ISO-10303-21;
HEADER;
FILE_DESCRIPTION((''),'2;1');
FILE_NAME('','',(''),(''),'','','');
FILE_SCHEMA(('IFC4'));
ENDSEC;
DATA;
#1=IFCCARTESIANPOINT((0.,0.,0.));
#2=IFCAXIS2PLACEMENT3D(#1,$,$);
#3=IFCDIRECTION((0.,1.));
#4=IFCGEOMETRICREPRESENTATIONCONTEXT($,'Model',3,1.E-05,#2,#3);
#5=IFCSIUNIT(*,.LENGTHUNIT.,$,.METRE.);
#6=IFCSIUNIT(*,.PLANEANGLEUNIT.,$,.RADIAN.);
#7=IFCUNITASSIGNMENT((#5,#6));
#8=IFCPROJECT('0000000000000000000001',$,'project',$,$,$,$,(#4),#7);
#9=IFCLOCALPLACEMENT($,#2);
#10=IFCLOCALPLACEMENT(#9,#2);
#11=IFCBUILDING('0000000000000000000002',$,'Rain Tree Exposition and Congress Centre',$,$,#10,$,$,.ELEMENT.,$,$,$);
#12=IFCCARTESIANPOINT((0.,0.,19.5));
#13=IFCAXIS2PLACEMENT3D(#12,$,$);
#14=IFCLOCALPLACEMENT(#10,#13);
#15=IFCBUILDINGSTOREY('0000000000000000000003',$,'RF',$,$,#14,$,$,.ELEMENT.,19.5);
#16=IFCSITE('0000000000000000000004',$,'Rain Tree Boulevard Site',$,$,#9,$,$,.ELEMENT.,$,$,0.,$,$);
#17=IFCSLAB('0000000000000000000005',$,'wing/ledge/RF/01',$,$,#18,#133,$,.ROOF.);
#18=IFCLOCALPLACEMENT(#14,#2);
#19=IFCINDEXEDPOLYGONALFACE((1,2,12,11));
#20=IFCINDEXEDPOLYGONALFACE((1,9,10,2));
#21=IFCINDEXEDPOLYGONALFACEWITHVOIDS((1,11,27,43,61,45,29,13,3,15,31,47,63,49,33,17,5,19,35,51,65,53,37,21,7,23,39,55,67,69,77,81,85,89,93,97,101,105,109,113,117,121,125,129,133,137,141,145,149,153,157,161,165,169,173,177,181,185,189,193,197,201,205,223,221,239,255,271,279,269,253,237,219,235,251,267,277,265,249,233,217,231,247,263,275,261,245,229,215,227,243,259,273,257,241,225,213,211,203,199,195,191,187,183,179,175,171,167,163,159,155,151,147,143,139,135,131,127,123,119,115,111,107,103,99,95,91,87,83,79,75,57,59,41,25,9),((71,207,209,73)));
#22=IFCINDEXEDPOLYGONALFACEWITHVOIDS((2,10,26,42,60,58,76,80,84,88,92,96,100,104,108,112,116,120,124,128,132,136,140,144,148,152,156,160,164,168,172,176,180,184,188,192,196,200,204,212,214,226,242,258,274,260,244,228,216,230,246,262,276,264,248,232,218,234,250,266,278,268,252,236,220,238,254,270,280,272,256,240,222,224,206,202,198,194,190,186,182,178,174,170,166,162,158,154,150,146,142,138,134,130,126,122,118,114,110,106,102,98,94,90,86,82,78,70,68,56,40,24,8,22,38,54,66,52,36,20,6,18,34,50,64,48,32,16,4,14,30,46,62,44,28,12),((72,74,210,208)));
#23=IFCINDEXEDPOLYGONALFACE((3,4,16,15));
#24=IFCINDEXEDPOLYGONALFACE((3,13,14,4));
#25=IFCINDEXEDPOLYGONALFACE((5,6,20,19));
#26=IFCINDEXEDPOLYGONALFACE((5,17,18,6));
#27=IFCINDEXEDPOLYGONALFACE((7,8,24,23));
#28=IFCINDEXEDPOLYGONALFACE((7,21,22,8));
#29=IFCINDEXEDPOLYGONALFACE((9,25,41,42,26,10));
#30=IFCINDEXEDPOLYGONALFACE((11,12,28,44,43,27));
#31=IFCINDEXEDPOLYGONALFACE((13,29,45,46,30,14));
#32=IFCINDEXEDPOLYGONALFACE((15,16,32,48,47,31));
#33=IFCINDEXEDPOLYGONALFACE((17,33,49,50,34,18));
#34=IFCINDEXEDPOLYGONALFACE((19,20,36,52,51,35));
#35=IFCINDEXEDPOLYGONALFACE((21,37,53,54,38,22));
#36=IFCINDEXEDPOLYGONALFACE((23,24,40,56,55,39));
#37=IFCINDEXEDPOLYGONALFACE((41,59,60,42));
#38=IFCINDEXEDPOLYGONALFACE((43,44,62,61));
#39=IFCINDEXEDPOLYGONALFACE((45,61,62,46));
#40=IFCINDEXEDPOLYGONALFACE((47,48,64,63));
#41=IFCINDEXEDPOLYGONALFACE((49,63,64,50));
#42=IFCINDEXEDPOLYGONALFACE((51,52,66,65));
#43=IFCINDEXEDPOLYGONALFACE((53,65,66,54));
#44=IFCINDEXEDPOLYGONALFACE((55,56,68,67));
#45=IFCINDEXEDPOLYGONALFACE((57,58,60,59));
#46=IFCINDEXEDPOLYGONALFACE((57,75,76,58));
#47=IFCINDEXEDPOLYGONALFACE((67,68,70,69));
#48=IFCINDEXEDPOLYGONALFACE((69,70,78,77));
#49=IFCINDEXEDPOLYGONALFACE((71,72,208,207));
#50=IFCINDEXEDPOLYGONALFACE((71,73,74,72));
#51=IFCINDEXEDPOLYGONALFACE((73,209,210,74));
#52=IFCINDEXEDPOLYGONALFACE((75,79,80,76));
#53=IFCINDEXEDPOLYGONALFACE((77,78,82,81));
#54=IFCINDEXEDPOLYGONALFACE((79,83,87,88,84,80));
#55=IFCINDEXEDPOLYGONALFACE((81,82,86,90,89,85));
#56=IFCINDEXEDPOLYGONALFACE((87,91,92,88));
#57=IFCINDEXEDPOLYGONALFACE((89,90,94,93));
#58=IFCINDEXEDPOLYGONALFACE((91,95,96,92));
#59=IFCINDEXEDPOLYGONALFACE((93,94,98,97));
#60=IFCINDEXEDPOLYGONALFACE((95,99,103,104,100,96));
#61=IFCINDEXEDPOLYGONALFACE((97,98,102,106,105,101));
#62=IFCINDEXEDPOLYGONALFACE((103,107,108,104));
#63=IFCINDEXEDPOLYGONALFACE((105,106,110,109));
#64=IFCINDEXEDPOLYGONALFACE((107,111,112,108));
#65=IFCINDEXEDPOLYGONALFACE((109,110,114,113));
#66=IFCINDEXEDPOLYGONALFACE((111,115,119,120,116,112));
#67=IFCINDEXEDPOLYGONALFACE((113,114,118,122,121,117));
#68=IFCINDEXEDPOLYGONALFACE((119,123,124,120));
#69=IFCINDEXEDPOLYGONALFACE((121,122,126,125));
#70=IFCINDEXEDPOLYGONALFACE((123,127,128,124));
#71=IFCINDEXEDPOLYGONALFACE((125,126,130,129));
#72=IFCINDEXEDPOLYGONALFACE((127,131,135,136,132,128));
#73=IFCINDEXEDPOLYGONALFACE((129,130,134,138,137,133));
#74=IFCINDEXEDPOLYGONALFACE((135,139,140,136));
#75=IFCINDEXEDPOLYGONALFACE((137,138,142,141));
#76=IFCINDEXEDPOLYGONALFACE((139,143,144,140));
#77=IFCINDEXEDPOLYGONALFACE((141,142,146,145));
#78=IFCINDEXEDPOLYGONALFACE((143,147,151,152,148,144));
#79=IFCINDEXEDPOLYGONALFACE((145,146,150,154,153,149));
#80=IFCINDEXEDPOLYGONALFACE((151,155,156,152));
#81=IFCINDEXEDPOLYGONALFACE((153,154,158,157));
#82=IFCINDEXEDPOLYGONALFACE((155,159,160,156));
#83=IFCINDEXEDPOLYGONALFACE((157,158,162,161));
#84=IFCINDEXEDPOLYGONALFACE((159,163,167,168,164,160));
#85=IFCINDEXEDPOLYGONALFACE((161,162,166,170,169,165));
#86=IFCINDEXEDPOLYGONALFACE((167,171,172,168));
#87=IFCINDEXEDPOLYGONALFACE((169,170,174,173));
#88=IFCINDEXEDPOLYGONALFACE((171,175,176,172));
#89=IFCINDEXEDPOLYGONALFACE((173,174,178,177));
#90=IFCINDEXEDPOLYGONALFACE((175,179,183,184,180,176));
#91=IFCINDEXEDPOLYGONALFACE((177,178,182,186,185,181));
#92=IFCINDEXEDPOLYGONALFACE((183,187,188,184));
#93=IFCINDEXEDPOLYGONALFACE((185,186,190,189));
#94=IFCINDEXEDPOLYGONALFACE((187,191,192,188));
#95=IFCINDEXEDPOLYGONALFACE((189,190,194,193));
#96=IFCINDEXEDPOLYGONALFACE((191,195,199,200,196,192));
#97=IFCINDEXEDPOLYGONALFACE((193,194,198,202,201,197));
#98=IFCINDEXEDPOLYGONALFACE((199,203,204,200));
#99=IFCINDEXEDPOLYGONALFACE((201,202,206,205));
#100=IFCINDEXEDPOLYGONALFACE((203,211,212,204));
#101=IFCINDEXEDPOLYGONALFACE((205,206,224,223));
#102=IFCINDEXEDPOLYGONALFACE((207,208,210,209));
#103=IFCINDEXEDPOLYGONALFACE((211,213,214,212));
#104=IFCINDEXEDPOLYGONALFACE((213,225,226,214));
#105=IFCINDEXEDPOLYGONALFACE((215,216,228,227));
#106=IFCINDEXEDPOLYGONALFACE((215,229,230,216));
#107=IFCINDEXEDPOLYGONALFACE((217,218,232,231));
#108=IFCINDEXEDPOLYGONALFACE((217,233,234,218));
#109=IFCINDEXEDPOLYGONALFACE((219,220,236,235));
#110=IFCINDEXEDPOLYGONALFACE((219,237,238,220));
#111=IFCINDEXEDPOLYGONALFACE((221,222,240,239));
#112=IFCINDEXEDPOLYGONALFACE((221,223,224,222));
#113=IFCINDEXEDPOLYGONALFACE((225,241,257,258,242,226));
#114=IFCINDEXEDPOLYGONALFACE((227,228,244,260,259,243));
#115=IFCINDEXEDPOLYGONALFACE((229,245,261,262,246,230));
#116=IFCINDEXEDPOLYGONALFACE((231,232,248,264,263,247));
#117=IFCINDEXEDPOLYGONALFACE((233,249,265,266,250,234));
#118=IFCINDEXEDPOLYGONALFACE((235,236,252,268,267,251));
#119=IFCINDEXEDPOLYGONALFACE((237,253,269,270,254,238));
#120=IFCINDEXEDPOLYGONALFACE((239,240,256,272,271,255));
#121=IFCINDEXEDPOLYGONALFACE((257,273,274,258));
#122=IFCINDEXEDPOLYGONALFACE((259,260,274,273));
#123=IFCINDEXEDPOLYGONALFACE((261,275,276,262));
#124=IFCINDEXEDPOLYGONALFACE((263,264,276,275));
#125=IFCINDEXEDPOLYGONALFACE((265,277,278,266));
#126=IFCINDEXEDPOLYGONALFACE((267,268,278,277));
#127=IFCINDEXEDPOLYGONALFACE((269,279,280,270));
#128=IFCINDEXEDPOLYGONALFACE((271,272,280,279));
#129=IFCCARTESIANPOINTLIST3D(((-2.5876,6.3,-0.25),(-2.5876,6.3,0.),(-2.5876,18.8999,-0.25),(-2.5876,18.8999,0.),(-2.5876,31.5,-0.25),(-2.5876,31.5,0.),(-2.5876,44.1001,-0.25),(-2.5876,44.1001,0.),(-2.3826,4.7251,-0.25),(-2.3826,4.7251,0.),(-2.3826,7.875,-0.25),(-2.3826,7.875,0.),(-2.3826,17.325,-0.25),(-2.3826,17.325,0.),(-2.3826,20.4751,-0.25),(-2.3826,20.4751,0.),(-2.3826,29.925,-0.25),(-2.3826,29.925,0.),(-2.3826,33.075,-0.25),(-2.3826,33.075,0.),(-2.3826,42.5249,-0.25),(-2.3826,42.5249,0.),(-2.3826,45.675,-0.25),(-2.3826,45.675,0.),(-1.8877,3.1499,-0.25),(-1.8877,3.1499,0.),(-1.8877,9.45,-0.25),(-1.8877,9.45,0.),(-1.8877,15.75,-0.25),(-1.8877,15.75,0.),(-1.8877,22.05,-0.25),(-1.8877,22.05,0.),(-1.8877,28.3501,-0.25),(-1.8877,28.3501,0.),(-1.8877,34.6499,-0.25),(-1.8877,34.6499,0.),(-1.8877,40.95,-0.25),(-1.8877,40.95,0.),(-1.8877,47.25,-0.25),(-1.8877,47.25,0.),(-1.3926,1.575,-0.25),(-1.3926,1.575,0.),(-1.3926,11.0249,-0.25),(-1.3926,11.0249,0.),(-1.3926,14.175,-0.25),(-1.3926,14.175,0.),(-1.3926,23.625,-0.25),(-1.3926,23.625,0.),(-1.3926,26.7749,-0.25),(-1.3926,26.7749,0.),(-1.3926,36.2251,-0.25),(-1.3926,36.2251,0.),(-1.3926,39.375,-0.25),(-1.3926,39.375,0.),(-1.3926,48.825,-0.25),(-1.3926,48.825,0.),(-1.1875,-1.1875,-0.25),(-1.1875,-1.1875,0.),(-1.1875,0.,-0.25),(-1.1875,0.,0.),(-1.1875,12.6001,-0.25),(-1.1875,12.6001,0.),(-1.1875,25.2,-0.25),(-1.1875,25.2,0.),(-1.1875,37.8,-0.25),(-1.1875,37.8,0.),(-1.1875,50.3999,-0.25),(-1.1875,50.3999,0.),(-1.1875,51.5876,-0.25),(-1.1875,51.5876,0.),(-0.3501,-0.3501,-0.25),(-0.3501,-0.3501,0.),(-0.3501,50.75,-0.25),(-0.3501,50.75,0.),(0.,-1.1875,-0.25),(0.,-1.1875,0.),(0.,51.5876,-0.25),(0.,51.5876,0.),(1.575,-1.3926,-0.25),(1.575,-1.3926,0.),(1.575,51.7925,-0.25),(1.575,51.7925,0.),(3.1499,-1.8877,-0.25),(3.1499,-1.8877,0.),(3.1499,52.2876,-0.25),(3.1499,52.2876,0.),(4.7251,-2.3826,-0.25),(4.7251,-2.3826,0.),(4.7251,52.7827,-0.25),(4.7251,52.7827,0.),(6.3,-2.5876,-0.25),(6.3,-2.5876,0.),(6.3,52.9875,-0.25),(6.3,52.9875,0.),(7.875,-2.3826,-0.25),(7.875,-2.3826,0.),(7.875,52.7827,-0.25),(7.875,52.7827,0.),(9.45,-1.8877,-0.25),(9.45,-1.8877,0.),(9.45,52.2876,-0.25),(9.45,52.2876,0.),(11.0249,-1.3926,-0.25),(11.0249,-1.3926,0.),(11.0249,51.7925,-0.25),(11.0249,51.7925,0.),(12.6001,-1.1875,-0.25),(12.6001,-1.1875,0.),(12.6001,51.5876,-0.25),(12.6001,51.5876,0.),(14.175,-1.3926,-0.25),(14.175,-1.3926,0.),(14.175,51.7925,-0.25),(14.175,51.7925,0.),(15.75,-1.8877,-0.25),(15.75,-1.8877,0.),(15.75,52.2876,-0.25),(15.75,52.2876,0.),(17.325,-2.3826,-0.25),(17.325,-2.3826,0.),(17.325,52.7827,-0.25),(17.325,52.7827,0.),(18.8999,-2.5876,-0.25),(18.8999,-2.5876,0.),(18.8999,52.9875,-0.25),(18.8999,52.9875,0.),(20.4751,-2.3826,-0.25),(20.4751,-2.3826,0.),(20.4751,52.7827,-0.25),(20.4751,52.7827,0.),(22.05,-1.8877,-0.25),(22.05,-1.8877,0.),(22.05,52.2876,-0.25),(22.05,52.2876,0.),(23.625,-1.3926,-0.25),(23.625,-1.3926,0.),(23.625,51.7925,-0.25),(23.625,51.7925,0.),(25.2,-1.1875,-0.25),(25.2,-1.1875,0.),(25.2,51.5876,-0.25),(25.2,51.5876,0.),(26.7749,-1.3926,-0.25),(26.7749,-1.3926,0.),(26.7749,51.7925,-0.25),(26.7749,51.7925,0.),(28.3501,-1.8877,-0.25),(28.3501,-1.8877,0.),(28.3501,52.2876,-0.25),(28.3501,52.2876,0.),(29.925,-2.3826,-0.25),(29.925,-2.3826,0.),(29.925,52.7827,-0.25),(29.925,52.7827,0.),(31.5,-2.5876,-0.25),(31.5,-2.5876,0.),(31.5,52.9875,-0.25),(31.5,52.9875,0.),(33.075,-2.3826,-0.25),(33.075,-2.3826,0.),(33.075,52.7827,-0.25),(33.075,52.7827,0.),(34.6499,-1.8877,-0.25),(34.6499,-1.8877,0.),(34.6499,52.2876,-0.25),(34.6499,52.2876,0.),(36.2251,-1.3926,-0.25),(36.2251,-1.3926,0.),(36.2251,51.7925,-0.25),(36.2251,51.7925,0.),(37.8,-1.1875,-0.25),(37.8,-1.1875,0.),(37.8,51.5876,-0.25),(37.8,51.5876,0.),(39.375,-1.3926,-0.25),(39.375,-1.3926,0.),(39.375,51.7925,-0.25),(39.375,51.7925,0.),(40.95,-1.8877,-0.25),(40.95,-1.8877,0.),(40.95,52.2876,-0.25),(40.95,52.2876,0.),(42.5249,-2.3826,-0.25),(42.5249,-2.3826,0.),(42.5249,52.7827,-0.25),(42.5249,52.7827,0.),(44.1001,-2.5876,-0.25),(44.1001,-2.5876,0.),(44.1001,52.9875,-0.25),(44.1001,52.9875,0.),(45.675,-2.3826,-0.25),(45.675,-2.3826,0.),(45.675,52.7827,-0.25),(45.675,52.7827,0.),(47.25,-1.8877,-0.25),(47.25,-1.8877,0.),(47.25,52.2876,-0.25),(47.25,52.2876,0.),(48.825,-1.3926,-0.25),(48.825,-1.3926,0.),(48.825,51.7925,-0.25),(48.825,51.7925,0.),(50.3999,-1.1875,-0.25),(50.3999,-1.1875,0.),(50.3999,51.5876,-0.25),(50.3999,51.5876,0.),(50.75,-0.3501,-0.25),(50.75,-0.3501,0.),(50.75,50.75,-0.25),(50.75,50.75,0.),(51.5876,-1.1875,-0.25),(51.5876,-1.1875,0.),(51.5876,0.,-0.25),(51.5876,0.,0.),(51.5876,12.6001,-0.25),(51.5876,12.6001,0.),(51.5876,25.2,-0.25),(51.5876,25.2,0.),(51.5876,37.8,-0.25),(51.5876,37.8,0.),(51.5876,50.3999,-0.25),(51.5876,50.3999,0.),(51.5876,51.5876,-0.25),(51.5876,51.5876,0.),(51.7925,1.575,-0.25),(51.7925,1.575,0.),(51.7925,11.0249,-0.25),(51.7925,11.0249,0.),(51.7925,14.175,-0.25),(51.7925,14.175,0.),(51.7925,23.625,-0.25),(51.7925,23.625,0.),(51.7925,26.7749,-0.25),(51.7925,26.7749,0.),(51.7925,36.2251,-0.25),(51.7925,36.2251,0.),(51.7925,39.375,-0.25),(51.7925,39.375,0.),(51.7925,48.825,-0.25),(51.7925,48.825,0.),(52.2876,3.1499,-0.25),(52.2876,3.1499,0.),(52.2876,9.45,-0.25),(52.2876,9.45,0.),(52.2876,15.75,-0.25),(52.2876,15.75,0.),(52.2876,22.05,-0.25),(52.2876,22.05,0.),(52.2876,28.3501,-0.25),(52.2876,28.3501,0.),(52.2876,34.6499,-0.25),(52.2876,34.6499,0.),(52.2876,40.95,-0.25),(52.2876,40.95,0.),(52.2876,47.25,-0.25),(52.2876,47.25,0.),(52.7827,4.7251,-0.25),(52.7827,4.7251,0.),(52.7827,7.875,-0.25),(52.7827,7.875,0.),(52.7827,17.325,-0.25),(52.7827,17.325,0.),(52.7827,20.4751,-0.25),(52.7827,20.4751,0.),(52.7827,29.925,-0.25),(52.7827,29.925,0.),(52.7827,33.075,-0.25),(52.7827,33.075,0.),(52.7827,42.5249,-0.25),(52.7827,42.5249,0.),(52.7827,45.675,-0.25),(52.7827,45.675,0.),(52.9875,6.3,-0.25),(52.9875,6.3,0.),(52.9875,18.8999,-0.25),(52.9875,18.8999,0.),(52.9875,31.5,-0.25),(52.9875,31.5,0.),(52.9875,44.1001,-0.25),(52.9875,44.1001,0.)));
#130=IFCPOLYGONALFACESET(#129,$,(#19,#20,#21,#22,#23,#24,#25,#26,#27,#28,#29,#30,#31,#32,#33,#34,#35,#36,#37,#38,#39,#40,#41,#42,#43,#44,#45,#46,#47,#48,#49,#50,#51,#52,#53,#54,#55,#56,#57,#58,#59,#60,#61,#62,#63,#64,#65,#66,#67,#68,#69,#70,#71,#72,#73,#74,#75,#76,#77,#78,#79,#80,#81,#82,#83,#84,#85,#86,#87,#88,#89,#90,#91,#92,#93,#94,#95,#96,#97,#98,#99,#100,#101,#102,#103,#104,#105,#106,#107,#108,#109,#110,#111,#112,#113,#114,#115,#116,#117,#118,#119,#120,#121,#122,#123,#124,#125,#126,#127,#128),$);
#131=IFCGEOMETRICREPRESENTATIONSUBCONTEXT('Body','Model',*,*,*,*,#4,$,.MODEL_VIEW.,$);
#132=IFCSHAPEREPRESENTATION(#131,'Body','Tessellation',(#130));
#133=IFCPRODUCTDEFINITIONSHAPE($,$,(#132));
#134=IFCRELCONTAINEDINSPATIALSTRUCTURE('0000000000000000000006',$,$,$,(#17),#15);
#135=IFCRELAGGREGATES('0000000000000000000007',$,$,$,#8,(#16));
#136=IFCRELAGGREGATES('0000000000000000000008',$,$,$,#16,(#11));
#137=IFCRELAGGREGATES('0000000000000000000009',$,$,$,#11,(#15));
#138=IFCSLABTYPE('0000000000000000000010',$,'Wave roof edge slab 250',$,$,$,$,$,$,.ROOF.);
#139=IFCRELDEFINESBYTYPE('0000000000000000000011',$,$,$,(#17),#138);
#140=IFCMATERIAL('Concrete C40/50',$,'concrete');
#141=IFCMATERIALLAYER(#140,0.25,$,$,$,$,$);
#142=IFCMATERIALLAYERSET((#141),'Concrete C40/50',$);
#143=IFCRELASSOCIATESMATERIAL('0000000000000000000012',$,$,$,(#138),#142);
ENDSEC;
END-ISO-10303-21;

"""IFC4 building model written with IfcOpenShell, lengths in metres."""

from ifc_helpers import new_model, si_unit, direction, frame, origin, place, context, subcontext, project, spatial, polyline, outline, extrude, material, layer, layer_set, type_object, element, save


model = new_model("IFC4")

# Units and contexts
model_context = context("Model", 3, precision=1e-05, world=origin(), true_north=direction((0.0, 1.0)))
body_context = subcontext(model_context, "Body", "Model", "MODEL_VIEW")
ifc_project = project(units=[si_unit("LENGTHUNIT", "METRE"), si_unit("PLANEANGLEUNIT", "RADIAN")], contexts=[model_context])

# Site, building, storey
site_placement = place(None, origin())
site = spatial("IfcSite", under=ifc_project, at=site_placement, Name="Rain Tree Boulevard Site", CompositionType="ELEMENT", RefElevation=0.0)
building_placement = place(site_placement, origin())
building = spatial("IfcBuilding", under=site, at=building_placement, Name="Rain Tree Exposition and Congress Centre", CompositionType="ELEMENT")
storey_placement = place(building_placement, frame((0.0, 0.0, 19.5)))
storey = spatial("IfcBuildingStorey", under=building, at=storey_placement, Name="RF", CompositionType="ELEMENT", Elevation=19.5)

# Slab
ifc_material_1 = material(Name="Concrete C40/50", Category="concrete")
ifc_layer_1 = layer(ifc_material_1, 0.25)
ifc_layer_set_1 = layer_set([ifc_layer_1], Name="Concrete C40/50")
slab_type_1 = type_object("IfcSlabType", Name="Wave roof edge slab 250", PredefinedType="ROOF", material=ifc_layer_set_1)
slab_1_placement = place(storey_placement, frame((0.0, 0.0, -0.25)))
element("IfcSlab", 1, at=slab_1_placement, inside=storey, type_object=slab_type_1, Name="wing/ledge/RF/01", PredefinedType="ROOF", context=body_context, shape_type="SweptSolid", body=[
    extrude(outline(polyline([(-1.1875, -1.1875), (0.0, -1.1875), (1.575, -1.3926), (3.1499, -1.8877), (4.7251, -2.3826), (6.3, -2.5876), (7.875, -2.3826), (9.45, -1.8877), (11.0249, -1.3926), (12.6001, -1.1875), (14.175, -1.3926), (15.75, -1.8877), (17.325, -2.3826), (18.8999, -2.5876), (20.4751, -2.3826), (22.05, -1.8877), (23.625, -1.3926), (25.2, -1.1875), (26.7749, -1.3926), (28.3501, -1.8877), (29.925, -2.3826), (31.5, -2.5876), (33.075, -2.3826), (34.6499, -1.8877), (36.2251, -1.3926), (37.8, -1.1875), (39.375, -1.3926), (40.95, -1.8877), (42.5249, -2.3826), (44.1001, -2.5876), (45.675, -2.3826), (47.25, -1.8877), (48.825, -1.3926), (50.3999, -1.1875), (51.5876, -1.1875), (51.5876, 0.0), (51.7925, 1.575), (52.2876, 3.1499), (52.7827, 4.7251), (52.9875, 6.3), (52.7827, 7.875), (52.2876, 9.45), (51.7925, 11.0249), (51.5876, 12.6001), (51.7925, 14.175), (52.2876, 15.75), (52.7827, 17.325), (52.9875, 18.8999), (52.7827, 20.4751), (52.2876, 22.05), (51.7925, 23.625), (51.5876, 25.2), (51.7925, 26.7749), (52.2876, 28.3501), (52.7827, 29.925), (52.9875, 31.5), (52.7827, 33.075), (52.2876, 34.6499), (51.7925, 36.2251), (51.5876, 37.8), (51.7925, 39.375), (52.2876, 40.95), (52.7827, 42.5249), (52.9875, 44.1001), (52.7827, 45.675), (52.2876, 47.25), (51.7925, 48.825), (51.5876, 50.3999), (51.5876, 51.5876), (50.3999, 51.5876), (48.825, 51.7925), (47.25, 52.2876), (45.675, 52.7827), (44.1001, 52.9875), (42.5249, 52.7827), (40.95, 52.2876), (39.375, 51.7925), (37.8, 51.5876), (36.2251, 51.7925), (34.6499, 52.2876), (33.075, 52.7827), (31.5, 52.9875), (29.925, 52.7827), (28.3501, 52.2876), (26.7749, 51.7925), (25.2, 51.5876), (23.625, 51.7925), (22.05, 52.2876), (20.4751, 52.7827), (18.8999, 52.9875), (17.325, 52.7827), (15.75, 52.2876), (14.175, 51.7925), (12.6001, 51.5876), (11.0249, 51.7925), (9.45, 52.2876), (7.875, 52.7827), (6.3, 52.9875), (4.7251, 52.7827), (3.1499, 52.2876), (1.575, 51.7925), (0.0, 51.5876), (-1.1875, 51.5876), (-1.1875, 50.3999), (-1.3926, 48.825), (-1.8877, 47.25), (-2.3826, 45.675), (-2.5876, 44.1001), (-2.3826, 42.5249), (-1.8877, 40.95), (-1.3926, 39.375), (-1.1875, 37.8), (-1.3926, 36.2251), (-1.8877, 34.6499), (-2.3826, 33.075), (-2.5876, 31.5), (-2.3826, 29.925), (-1.8877, 28.3501), (-1.3926, 26.7749), (-1.1875, 25.2), (-1.3926, 23.625), (-1.8877, 22.05), (-2.3826, 20.4751), (-2.5876, 18.8999), (-2.3826, 17.325), (-1.8877, 15.75), (-1.3926, 14.175), (-1.1875, 12.6001), (-1.3926, 11.0249), (-1.8877, 9.45), (-2.3826, 7.875), (-2.5876, 6.3), (-2.3826, 4.7251), (-1.8877, 3.1499), (-1.3926, 1.575), (-1.1875, 0.0), (-1.1875, -1.1875)]), holes=[polyline([(50.75, 50.75), (50.75, -0.3501), (-0.3501, -0.3501), (-0.3501, 50.75), (50.75, 50.75)])]), origin(), (0.0, 0.0, 1.0), 0.25),
])

save(model, "model.ifc")
